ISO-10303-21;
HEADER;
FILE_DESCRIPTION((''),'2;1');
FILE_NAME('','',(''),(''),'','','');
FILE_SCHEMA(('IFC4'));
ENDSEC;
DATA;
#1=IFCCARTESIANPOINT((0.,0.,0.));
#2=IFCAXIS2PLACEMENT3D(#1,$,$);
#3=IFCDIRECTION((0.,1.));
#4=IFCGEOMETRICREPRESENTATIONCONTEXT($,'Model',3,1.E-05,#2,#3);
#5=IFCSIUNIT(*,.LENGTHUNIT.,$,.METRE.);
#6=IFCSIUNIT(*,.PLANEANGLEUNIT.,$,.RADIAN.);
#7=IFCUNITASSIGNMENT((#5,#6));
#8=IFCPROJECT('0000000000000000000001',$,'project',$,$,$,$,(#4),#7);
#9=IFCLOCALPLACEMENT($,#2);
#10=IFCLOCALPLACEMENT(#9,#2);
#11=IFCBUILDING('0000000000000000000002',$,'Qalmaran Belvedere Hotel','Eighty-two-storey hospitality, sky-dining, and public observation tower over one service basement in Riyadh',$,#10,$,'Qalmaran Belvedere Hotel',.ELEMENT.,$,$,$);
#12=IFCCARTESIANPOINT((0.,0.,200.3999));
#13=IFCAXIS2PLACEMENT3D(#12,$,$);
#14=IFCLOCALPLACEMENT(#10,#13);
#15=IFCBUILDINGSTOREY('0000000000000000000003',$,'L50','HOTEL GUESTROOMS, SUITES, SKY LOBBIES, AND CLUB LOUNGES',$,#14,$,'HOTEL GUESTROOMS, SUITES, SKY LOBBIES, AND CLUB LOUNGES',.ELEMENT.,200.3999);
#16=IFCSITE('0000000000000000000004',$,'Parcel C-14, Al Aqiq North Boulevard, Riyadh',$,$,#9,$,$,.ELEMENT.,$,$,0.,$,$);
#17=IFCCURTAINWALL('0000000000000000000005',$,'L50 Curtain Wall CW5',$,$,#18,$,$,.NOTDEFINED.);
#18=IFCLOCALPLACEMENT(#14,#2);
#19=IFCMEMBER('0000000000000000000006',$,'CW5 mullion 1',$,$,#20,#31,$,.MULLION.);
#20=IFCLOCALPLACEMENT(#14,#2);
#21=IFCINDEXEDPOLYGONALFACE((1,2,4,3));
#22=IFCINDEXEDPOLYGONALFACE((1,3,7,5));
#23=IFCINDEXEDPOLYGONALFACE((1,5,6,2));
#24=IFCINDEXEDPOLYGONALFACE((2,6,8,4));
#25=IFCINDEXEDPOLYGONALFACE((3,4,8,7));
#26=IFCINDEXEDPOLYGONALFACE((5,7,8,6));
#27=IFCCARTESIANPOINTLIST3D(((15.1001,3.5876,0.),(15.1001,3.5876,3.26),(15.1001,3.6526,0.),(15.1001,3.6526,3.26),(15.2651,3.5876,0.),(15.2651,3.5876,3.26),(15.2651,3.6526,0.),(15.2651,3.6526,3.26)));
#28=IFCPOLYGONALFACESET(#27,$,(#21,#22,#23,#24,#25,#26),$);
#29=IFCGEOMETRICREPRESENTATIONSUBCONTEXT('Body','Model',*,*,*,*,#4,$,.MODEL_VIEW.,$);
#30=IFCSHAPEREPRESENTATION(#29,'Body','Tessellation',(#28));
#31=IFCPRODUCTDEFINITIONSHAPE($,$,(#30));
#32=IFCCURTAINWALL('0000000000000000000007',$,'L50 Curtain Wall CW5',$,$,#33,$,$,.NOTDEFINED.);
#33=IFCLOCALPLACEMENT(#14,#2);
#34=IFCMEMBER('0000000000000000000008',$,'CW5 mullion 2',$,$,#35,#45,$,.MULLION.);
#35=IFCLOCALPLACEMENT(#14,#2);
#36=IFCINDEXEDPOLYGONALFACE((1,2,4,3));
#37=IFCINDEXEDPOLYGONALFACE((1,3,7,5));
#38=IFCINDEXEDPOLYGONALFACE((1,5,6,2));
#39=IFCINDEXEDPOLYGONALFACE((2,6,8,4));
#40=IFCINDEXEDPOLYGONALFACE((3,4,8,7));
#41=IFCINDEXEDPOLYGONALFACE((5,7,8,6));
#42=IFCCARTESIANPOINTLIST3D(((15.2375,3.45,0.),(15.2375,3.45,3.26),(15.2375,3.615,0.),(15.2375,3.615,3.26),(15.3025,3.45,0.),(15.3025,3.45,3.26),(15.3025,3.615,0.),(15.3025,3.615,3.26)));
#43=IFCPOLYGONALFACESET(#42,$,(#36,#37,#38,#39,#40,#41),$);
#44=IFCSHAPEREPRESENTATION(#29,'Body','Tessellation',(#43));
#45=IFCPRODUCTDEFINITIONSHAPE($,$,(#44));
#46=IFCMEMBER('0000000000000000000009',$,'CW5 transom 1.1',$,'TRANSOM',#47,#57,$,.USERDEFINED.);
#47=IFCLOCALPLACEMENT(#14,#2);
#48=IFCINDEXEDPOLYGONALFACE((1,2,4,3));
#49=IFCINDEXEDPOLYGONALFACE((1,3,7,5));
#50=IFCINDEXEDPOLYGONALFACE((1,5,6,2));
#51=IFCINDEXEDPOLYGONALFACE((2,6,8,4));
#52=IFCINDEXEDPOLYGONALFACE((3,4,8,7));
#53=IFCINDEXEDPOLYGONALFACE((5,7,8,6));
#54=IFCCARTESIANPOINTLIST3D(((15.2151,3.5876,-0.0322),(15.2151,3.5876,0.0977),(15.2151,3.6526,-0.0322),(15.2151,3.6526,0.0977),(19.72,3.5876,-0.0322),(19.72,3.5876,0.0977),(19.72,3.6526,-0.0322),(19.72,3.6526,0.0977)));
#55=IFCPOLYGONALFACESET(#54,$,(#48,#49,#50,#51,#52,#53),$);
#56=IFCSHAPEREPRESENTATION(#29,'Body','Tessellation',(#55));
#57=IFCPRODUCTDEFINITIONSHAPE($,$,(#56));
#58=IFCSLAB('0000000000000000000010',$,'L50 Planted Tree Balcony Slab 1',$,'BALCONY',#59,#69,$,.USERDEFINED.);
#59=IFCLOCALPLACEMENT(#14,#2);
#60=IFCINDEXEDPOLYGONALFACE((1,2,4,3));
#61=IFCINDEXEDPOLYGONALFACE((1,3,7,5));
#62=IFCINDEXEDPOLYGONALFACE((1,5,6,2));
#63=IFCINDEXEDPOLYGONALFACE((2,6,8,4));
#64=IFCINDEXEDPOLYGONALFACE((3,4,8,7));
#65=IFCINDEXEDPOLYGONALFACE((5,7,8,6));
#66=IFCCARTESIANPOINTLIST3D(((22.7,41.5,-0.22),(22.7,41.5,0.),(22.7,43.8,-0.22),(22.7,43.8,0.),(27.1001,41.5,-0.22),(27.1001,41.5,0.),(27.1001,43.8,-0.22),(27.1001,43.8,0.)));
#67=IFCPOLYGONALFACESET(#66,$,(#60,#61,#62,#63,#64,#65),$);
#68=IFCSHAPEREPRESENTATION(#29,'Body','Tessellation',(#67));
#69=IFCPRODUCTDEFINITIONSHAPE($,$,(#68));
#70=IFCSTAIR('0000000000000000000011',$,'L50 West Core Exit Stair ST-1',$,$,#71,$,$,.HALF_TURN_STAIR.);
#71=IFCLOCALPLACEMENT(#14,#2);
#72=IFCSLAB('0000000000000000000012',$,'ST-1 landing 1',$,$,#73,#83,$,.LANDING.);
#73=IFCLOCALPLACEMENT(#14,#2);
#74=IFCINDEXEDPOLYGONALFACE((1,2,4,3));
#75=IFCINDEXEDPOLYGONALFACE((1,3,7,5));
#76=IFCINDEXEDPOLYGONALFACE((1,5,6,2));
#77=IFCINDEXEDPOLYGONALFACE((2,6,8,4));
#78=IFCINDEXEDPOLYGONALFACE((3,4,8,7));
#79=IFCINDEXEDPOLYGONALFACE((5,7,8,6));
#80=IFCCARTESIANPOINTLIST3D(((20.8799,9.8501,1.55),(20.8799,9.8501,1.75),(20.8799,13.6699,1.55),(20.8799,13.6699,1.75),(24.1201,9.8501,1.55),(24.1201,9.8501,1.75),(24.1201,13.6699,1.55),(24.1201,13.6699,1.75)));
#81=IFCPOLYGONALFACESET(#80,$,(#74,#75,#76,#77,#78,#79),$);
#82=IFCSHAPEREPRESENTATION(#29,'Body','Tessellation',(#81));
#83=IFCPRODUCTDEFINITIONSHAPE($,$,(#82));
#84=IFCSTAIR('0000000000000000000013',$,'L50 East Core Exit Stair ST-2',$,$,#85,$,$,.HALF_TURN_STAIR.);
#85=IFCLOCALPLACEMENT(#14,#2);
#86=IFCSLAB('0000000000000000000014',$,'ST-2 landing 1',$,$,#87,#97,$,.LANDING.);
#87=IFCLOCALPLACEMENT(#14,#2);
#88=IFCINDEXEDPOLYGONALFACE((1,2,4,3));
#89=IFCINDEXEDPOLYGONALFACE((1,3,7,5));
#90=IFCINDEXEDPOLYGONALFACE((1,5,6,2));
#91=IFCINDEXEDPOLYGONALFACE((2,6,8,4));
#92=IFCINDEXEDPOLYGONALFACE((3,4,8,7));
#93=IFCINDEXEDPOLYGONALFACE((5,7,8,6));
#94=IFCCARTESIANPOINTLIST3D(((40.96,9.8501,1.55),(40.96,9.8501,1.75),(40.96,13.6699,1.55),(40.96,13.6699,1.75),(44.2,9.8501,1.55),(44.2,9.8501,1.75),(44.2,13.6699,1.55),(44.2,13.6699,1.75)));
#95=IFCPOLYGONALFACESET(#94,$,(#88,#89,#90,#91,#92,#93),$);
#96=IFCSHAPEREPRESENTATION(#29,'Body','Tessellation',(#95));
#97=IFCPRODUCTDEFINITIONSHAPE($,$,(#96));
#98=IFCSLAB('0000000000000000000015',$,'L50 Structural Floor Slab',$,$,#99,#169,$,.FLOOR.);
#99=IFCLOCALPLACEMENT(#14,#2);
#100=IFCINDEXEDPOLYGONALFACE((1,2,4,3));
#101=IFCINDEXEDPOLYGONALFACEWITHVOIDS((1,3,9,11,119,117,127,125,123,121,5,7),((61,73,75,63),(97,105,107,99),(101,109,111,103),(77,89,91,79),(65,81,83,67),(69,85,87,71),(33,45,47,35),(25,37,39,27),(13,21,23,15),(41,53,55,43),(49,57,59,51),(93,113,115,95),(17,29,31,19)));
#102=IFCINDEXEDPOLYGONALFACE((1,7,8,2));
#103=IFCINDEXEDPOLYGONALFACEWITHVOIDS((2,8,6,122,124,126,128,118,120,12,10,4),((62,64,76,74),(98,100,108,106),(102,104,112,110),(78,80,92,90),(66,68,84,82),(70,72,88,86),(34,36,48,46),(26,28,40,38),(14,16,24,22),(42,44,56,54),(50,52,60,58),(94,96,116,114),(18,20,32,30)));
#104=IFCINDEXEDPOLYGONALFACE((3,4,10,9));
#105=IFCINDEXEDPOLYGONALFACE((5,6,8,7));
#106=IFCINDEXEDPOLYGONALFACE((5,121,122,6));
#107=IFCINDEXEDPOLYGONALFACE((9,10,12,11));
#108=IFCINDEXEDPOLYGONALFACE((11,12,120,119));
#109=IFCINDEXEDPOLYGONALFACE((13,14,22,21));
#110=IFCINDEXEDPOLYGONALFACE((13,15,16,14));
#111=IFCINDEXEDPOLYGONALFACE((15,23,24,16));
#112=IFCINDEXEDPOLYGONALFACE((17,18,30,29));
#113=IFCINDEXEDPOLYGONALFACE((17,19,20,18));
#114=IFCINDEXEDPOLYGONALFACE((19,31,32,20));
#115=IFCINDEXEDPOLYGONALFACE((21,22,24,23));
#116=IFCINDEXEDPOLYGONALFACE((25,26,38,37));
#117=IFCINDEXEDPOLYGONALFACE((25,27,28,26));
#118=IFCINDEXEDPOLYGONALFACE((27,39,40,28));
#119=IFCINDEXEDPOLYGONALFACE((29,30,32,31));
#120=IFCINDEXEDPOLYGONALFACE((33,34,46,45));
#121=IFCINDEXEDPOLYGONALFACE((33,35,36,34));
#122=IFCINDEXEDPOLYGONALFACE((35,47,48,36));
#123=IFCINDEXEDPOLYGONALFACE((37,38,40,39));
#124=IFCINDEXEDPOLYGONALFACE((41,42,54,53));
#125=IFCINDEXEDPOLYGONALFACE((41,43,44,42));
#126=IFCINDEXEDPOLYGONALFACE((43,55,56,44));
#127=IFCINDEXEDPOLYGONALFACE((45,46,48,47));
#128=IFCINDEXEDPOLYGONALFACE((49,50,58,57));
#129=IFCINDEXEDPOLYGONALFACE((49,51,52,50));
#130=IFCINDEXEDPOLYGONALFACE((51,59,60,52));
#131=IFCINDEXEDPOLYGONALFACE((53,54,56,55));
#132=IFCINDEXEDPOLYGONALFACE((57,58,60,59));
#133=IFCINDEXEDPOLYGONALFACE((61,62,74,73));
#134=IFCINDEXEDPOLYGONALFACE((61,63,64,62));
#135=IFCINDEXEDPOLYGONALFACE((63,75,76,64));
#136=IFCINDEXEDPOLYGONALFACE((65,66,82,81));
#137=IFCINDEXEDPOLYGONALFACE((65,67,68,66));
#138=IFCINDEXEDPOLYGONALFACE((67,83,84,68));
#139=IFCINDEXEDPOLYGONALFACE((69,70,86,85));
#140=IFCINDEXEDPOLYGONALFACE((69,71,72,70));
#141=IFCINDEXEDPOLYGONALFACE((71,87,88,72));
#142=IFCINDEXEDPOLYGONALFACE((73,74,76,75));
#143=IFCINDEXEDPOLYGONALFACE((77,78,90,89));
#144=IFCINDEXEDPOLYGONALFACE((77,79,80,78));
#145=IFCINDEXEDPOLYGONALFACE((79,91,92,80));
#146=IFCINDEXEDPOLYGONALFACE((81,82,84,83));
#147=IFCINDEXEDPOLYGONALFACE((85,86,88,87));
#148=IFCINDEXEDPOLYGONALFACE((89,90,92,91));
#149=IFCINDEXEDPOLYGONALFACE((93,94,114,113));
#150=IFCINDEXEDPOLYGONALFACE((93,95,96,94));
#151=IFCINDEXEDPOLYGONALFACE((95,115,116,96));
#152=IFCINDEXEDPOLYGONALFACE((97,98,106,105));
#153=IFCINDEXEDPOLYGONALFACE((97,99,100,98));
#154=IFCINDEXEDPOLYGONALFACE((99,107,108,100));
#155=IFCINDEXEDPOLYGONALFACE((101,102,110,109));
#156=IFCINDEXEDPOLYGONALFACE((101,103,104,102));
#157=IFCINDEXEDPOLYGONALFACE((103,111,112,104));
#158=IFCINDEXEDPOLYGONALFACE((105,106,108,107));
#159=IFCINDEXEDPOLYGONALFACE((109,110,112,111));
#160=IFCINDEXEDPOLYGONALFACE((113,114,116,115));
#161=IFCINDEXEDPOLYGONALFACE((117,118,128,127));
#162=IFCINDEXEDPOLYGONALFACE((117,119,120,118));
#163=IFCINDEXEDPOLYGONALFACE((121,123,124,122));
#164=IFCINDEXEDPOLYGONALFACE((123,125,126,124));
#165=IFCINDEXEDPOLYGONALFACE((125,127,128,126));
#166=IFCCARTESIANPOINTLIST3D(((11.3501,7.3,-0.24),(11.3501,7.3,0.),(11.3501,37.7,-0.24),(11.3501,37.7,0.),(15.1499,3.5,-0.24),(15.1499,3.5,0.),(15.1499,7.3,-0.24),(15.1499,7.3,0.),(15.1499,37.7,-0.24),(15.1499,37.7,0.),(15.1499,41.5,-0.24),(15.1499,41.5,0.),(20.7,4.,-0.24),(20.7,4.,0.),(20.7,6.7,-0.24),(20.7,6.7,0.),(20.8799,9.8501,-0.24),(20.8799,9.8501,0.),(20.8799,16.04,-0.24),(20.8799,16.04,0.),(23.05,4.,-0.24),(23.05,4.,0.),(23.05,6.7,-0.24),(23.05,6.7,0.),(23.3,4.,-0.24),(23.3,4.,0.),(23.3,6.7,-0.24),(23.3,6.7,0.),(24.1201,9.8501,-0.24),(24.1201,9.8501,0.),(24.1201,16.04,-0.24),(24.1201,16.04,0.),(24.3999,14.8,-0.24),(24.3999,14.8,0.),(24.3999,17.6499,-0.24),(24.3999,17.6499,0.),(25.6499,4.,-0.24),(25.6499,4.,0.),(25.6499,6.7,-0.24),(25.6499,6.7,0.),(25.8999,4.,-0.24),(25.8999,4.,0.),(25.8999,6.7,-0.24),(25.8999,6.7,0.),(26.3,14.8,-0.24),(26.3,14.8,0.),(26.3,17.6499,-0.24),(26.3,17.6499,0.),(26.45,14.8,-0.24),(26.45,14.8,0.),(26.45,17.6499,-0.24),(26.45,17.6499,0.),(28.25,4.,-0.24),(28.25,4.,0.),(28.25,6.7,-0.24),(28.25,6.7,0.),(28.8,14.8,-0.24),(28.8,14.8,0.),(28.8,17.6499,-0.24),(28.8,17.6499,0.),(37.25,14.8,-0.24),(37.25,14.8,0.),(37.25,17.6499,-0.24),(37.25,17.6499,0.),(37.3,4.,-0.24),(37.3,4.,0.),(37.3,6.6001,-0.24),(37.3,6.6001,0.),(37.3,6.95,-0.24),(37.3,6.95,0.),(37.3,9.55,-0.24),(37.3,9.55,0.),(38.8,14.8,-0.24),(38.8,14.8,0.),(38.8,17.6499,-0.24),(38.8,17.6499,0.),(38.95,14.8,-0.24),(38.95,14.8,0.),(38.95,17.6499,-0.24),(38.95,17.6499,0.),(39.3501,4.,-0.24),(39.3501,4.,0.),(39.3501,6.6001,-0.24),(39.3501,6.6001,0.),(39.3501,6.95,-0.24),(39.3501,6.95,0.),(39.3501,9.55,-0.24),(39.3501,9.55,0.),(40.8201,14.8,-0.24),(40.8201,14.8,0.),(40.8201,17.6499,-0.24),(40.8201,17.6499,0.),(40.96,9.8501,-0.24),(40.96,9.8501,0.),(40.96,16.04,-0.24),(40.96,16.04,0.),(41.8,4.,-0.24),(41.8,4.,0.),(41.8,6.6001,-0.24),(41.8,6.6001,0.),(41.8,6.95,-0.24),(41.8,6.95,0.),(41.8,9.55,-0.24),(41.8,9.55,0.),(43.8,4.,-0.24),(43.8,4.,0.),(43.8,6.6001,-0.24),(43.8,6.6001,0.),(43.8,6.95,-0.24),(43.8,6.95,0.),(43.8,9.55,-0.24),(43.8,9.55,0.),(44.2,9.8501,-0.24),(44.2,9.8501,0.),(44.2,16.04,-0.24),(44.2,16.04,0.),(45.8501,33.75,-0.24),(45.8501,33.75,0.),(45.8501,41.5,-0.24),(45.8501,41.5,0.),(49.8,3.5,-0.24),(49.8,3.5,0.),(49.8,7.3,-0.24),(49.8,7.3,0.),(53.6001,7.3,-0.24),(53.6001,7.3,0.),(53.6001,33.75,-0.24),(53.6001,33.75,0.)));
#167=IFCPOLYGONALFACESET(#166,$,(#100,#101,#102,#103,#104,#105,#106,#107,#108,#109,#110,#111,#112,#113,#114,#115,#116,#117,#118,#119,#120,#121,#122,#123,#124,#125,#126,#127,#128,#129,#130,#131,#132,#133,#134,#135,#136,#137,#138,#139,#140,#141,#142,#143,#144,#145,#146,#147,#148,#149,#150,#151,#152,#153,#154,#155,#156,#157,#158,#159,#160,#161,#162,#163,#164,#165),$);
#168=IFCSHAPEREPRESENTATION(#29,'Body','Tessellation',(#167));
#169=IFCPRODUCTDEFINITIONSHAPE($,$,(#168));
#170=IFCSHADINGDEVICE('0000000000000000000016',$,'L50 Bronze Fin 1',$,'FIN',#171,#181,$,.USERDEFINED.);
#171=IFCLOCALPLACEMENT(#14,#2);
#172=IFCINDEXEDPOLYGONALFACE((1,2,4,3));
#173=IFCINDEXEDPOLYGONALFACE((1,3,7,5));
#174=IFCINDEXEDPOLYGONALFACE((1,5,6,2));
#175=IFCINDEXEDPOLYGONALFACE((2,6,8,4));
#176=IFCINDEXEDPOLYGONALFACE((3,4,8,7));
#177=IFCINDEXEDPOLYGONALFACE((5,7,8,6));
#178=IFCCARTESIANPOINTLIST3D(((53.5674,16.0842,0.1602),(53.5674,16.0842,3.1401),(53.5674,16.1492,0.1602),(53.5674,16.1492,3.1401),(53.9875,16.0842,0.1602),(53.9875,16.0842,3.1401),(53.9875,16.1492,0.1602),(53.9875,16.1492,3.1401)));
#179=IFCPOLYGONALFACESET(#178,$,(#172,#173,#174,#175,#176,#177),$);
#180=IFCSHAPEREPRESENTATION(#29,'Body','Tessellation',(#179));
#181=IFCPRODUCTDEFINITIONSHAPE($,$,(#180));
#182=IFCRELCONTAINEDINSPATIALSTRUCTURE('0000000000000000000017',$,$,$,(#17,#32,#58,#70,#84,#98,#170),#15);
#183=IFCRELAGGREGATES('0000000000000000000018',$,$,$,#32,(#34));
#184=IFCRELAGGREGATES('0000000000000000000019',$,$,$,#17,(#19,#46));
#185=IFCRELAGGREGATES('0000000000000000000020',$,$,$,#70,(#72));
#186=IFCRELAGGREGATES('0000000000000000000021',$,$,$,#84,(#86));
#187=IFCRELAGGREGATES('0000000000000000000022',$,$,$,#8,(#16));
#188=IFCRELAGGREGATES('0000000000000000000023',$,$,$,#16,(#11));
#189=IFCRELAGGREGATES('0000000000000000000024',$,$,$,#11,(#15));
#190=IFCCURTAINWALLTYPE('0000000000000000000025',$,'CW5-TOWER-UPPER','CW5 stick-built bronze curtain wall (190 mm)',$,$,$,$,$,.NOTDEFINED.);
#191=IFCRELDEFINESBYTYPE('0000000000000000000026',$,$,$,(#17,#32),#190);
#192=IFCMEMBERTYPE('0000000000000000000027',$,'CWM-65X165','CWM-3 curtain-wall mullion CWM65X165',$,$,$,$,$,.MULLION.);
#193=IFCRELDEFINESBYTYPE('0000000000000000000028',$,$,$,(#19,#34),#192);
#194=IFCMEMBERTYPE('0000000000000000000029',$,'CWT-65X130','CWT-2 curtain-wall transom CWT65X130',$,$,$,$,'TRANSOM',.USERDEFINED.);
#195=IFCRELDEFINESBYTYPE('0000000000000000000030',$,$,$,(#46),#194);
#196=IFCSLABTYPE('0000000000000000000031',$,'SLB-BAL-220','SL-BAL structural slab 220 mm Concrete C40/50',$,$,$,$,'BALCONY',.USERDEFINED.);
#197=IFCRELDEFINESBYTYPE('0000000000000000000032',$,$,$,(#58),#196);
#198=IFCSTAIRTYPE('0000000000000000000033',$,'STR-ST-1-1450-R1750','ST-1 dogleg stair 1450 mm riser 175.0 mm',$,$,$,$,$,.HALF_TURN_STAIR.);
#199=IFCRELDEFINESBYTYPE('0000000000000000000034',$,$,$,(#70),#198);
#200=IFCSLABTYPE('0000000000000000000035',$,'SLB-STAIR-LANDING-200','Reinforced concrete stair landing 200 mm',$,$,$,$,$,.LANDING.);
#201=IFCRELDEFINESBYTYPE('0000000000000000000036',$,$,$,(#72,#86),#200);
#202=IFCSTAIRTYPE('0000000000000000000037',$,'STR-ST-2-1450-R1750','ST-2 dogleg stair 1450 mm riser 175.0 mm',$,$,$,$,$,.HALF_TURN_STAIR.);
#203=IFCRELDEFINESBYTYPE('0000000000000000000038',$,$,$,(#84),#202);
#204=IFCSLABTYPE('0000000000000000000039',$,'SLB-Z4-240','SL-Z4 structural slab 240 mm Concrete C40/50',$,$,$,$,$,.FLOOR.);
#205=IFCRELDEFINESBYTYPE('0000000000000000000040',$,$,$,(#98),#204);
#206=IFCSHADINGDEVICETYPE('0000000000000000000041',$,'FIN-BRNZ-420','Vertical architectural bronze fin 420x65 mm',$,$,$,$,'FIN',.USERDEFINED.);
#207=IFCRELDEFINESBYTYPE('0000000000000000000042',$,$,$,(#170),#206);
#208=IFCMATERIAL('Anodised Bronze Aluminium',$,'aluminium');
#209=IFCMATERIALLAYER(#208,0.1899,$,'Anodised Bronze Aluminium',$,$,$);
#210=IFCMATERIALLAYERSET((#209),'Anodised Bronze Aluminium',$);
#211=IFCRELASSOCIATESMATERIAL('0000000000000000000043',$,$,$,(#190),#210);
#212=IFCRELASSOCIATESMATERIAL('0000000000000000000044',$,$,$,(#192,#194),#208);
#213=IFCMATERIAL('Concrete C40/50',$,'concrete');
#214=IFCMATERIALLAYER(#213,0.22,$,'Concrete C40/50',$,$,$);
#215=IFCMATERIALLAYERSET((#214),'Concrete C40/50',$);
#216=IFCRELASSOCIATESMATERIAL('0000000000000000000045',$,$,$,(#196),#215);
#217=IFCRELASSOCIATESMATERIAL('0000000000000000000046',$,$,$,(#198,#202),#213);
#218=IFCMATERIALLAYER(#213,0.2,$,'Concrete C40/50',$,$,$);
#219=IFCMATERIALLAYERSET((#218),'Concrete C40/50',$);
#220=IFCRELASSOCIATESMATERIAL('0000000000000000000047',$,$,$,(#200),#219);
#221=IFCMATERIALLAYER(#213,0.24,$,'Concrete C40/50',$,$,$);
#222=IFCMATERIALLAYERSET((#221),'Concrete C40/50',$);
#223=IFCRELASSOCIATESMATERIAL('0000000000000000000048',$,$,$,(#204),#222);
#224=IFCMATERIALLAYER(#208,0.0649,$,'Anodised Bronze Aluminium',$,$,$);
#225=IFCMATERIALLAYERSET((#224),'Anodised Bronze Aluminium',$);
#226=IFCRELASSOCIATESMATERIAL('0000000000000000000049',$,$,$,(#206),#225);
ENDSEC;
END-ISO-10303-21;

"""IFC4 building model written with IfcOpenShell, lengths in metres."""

from ifc_helpers import new_model, si_unit, direction, frame, origin, origin_2d, place, context, subcontext, project, spatial, polyline, rectangle, outline, extrude, material, layer, layer_set, material_profile, profile_set, type_object, element, aggregate, save


model = new_model("IFC4")

# Units and contexts
model_context = context("Model", 3, precision=1e-05, world=origin(), true_north=direction((0.0, 1.0)))
body_context = subcontext(model_context, "Body", "Model", "MODEL_VIEW")
ifc_project = project(units=[si_unit("LENGTHUNIT", "METRE"), si_unit("PLANEANGLEUNIT", "RADIAN")], contexts=[model_context])

# Site, building, storey
site_placement = place(None, origin())
site = spatial("IfcSite", under=ifc_project, at=site_placement, Name="Parcel C-14, Al Aqiq North Boulevard, Riyadh", CompositionType="ELEMENT", RefElevation=0.0)
building_placement = place(site_placement, origin())
building = spatial("IfcBuilding", under=site, at=building_placement, Name="Qalmaran Belvedere Hotel", Description="Eighty-two-storey hospitality, sky-dining, and public observation tower over one service basement in Riyadh", LongName="Qalmaran Belvedere Hotel", CompositionType="ELEMENT")
storey_placement = place(building_placement, frame((0.0, 0.0, 200.3999)))
storey = spatial("IfcBuildingStorey", under=building, at=storey_placement, Name="L50", Description="HOTEL GUESTROOMS, SUITES, SKY LOBBIES, AND CLUB LOUNGES", LongName="HOTEL GUESTROOMS, SUITES, SKY LOBBIES, AND CLUB LOUNGES", CompositionType="ELEMENT", Elevation=200.3999)

# Curtain walls, members
ifc_material_1 = material(Name="Anodised Bronze Aluminium", Category="aluminium")
ifc_layer_1 = layer(ifc_material_1, 0.1899, Name="Anodised Bronze Aluminium")
ifc_layer_set_1 = layer_set([ifc_layer_1], Name="Anodised Bronze Aluminium")
curtain_wall_type = type_object("IfcCurtainWallType", Name="CW5-TOWER-UPPER", Description="CW5 stick-built bronze curtain wall (190 mm)", PredefinedType="NOTDEFINED", material=ifc_layer_set_1)
curtain_wall_1_placement = place(storey_placement, origin())
curtain_wall_1 = element("IfcCurtainWall", 1, at=curtain_wall_1_placement, inside=storey, type_object=curtain_wall_type, Name="L50 Curtain Wall CW5", PredefinedType="NOTDEFINED")
ifc_material_profile_1 = material_profile(ifc_material_1, rectangle(XDim=0.0649, YDim=0.165, at=origin_2d()), Name="CWM65X165")
ifc_profile_set_1 = profile_set([ifc_material_profile_1], Name="Anodised Bronze Aluminium")
member_type_1 = type_object("IfcMemberType", Name="CWM-65X165", Description="CWM-3 curtain-wall mullion CWM65X165", PredefinedType="MULLION", material=ifc_profile_set_1)
member_1_placement = place(storey_placement, frame((15.1826, 3.6201, 0.0), z_axis=(0.0, 0.0, 1.0), x_axis=(0.0, 1.0, 0.0)))
member_1 = element("IfcMember", 2, at=member_1_placement, type_object=member_type_1, Name="CW5 mullion 1", PredefinedType="MULLION", context=body_context, shape_type="SweptSolid", body=[
    extrude(rectangle(XDim=0.0649, YDim=0.165, at=origin_2d()), origin(), (0.0, 0.0, 1.0), 3.26),
])
curtain_wall_2_placement = place(storey_placement, origin())
curtain_wall_2 = element("IfcCurtainWall", 3, at=curtain_wall_2_placement, inside=storey, type_object=curtain_wall_type, Name="L50 Curtain Wall CW5", PredefinedType="NOTDEFINED")
member_2_placement = place(storey_placement, frame((15.27, 3.5325, 0.0), z_axis=(0.0, 0.0, 1.0), x_axis=(1.0, 0.0, 0.0)))
member_2 = element("IfcMember", 4, at=member_2_placement, type_object=member_type_1, Name="CW5 mullion 2", PredefinedType="MULLION", context=body_context, shape_type="SweptSolid", body=[
    extrude(rectangle(XDim=0.0649, YDim=0.165, at=origin_2d()), origin(), (0.0, 0.0, 1.0), 3.26),
])
aggregate(curtain_wall_2, [member_2])

# Member
ifc_material_profile_2 = material_profile(ifc_material_1, rectangle(XDim=0.0649, YDim=0.1299, at=origin_2d()), Name="CWT65X130")
ifc_profile_set_2 = profile_set([ifc_material_profile_2], Name="Anodised Bronze Aluminium")
member_type_2 = type_object("IfcMemberType", Name="CWT-65X130", Description="CWT-2 curtain-wall transom CWT65X130", ElementType="TRANSOM", PredefinedType="USERDEFINED", material=ifc_profile_set_2)
member_3_placement = place(storey_placement, frame((15.2151, 3.6201, 0.0327), z_axis=(1.0, 0.0, 0.0), x_axis=(0.0, 1.0, 0.0)))
member_3 = element("IfcMember", 5, at=member_3_placement, type_object=member_type_2, Name="CW5 transom 1.1", ObjectType="TRANSOM", PredefinedType="USERDEFINED", context=body_context, shape_type="SweptSolid", body=[
    extrude(rectangle(XDim=0.0649, YDim=0.1299, at=origin_2d()), origin(), (0.0, 0.0, 1.0), 4.5049),
])
aggregate(curtain_wall_1, [member_1, member_3])

# Slab
ifc_material_2 = material(Name="Concrete C40/50", Category="concrete")
ifc_layer_2 = layer(ifc_material_2, 0.22, Name="Concrete C40/50")
ifc_layer_set_2 = layer_set([ifc_layer_2], Name="Concrete C40/50")
slab_type_1 = type_object("IfcSlabType", Name="SLB-BAL-220", Description="SL-BAL structural slab 220 mm Concrete C40/50", ElementType="BALCONY", PredefinedType="USERDEFINED", material=ifc_layer_set_2)
slab_1_placement = place(storey_placement, frame((0.0, 0.0, -0.22)))
element("IfcSlab", 6, at=slab_1_placement, inside=storey, type_object=slab_type_1, Name="L50 Planted Tree Balcony Slab 1", ObjectType="BALCONY", PredefinedType="USERDEFINED", context=body_context, shape_type="SweptSolid", body=[
    extrude(outline(polyline([(22.7, 41.5), (27.1001, 41.5), (27.1001, 43.8), (22.7, 43.8), (22.7, 41.5)])), origin(), (0.0, 0.0, 1.0), 0.22),
])

# Stairs, slabs
stair_type_1 = type_object("IfcStairType", Name="STR-ST-1-1450-R1750", Description="ST-1 dogleg stair 1450 mm riser 175.0 mm", PredefinedType="HALF_TURN_STAIR", material=ifc_material_2)
stair_1_placement = place(storey_placement, origin())
stair_1 = element("IfcStair", 7, at=stair_1_placement, inside=storey, type_object=stair_type_1, Name="L50 West Core Exit Stair ST-1", PredefinedType="HALF_TURN_STAIR")
ifc_layer_3 = layer(ifc_material_2, 0.2, Name="Concrete C40/50")
ifc_layer_set_3 = layer_set([ifc_layer_3], Name="Concrete C40/50")
slab_type_2 = type_object("IfcSlabType", Name="SLB-STAIR-LANDING-200", Description="Reinforced concrete stair landing 200 mm", PredefinedType="LANDING", material=ifc_layer_set_3)
slab_2_placement = place(storey_placement, frame((0.0, 0.0, 1.55)))
slab_2 = element("IfcSlab", 8, at=slab_2_placement, type_object=slab_type_2, Name="ST-1 landing 1", PredefinedType="LANDING", context=body_context, shape_type="SweptSolid", body=[
    extrude(outline(polyline([(20.8799, 13.6699), (20.8799, 9.8501), (24.1201, 9.8501), (24.1201, 13.6699), (20.8799, 13.6699)])), origin(), (0.0, 0.0, 1.0), 0.2),
])
aggregate(stair_1, [slab_2])
stair_type_2 = type_object("IfcStairType", Name="STR-ST-2-1450-R1750", Description="ST-2 dogleg stair 1450 mm riser 175.0 mm", PredefinedType="HALF_TURN_STAIR", material=ifc_material_2)
stair_2_placement = place(storey_placement, origin())
stair_2 = element("IfcStair", 9, at=stair_2_placement, inside=storey, type_object=stair_type_2, Name="L50 East Core Exit Stair ST-2", PredefinedType="HALF_TURN_STAIR")
slab_3_placement = place(storey_placement, frame((0.0, 0.0, 1.55)))
slab_3 = element("IfcSlab", 10, at=slab_3_placement, type_object=slab_type_2, Name="ST-2 landing 1", PredefinedType="LANDING", context=body_context, shape_type="SweptSolid", body=[
    extrude(outline(polyline([(40.96, 13.6699), (40.96, 9.8501), (44.2, 9.8501), (44.2, 13.6699), (40.96, 13.6699)])), origin(), (0.0, 0.0, 1.0), 0.2),
])
aggregate(stair_2, [slab_3])

# Slab
ifc_layer_4 = layer(ifc_material_2, 0.24, Name="Concrete C40/50")
ifc_layer_set_4 = layer_set([ifc_layer_4], Name="Concrete C40/50")
slab_type_3 = type_object("IfcSlabType", Name="SLB-Z4-240", Description="SL-Z4 structural slab 240 mm Concrete C40/50", PredefinedType="FLOOR", material=ifc_layer_set_4)
slab_4_placement = place(storey_placement, frame((0.0, 0.0, -0.24)))
element("IfcSlab", 11, at=slab_4_placement, inside=storey, type_object=slab_type_3, Name="L50 Structural Floor Slab", PredefinedType="FLOOR", context=body_context, shape_type="SweptSolid", body=[
    extrude(outline(polyline([(15.1499, 3.5), (49.8, 3.5), (49.8, 7.3), (53.6001, 7.3), (53.6001, 33.75), (45.8501, 33.75), (45.8501, 41.5), (15.1499, 41.5), (15.1499, 37.7), (11.3501, 37.7), (11.3501, 7.3), (15.1499, 7.3), (15.1499, 3.5)]), holes=[polyline([(20.8799, 9.8501), (24.1201, 9.8501), (24.1201, 16.04), (20.8799, 16.04), (20.8799, 9.8501)]), polyline([(40.96, 9.8501), (44.2, 9.8501), (44.2, 16.04), (40.96, 16.04), (40.96, 9.8501)]), polyline([(37.3, 4.0), (39.3501, 4.0), (39.3501, 6.6001), (37.3, 6.6001), (37.3, 4.0)]), polyline([(37.3, 6.95), (39.3501, 6.95), (39.3501, 9.55), (37.3, 9.55), (37.3, 6.95)]), polyline([(41.8, 4.0), (43.8, 4.0), (43.8, 6.6001), (41.8, 6.6001), (41.8, 4.0)]), polyline([(41.8, 6.95), (43.8, 6.95), (43.8, 9.55), (41.8, 9.55), (41.8, 6.95)]), polyline([(20.7, 4.0), (23.05, 4.0), (23.05, 6.7), (20.7, 6.7), (20.7, 4.0)]), polyline([(23.3, 4.0), (25.6499, 4.0), (25.6499, 6.7), (23.3, 6.7), (23.3, 4.0)]), polyline([(25.8999, 4.0), (28.25, 4.0), (28.25, 6.7), (25.8999, 6.7), (25.8999, 4.0)]), polyline([(24.3999, 14.8), (26.3, 14.8), (26.3, 17.6499), (24.3999, 17.6499), (24.3999, 14.8)]), polyline([(38.95, 14.8), (40.8201, 14.8), (40.8201, 17.6499), (38.95, 17.6499), (38.95, 14.8)]), polyline([(26.45, 14.8), (28.8, 14.8), (28.8, 17.6499), (26.45, 17.6499), (26.45, 14.8)]), polyline([(37.25, 14.8), (38.8, 14.8), (38.8, 17.6499), (37.25, 17.6499), (37.25, 14.8)])]), origin(), (0.0, 0.0, 1.0), 0.24),
])

# Shading device
ifc_layer_5 = layer(ifc_material_1, 0.0649, Name="Anodised Bronze Aluminium")
ifc_layer_set_5 = layer_set([ifc_layer_5], Name="Anodised Bronze Aluminium")
shading_device_type = type_object("IfcShadingDeviceType", Name="FIN-BRNZ-420", Description="Vertical architectural bronze fin 420x65 mm", ElementType="FIN", PredefinedType="USERDEFINED", material=ifc_layer_set_5)
shading_device_1_placement = place(storey_placement, frame((0.0, 0.0, 0.1602)))
element("IfcShadingDevice", 12, at=shading_device_1_placement, inside=storey, type_object=shading_device_type, Name="L50 Bronze Fin 1", ObjectType="FIN", PredefinedType="USERDEFINED", context=body_context, shape_type="SweptSolid", body=[
    extrude(outline(polyline([(53.5674, 16.0842), (53.9875, 16.0842), (53.9875, 16.1492), (53.5674, 16.1492), (53.5674, 16.0842)])), origin(), (0.0, 0.0, 1.0), 2.98),
])

save(model, "model.ifc")
